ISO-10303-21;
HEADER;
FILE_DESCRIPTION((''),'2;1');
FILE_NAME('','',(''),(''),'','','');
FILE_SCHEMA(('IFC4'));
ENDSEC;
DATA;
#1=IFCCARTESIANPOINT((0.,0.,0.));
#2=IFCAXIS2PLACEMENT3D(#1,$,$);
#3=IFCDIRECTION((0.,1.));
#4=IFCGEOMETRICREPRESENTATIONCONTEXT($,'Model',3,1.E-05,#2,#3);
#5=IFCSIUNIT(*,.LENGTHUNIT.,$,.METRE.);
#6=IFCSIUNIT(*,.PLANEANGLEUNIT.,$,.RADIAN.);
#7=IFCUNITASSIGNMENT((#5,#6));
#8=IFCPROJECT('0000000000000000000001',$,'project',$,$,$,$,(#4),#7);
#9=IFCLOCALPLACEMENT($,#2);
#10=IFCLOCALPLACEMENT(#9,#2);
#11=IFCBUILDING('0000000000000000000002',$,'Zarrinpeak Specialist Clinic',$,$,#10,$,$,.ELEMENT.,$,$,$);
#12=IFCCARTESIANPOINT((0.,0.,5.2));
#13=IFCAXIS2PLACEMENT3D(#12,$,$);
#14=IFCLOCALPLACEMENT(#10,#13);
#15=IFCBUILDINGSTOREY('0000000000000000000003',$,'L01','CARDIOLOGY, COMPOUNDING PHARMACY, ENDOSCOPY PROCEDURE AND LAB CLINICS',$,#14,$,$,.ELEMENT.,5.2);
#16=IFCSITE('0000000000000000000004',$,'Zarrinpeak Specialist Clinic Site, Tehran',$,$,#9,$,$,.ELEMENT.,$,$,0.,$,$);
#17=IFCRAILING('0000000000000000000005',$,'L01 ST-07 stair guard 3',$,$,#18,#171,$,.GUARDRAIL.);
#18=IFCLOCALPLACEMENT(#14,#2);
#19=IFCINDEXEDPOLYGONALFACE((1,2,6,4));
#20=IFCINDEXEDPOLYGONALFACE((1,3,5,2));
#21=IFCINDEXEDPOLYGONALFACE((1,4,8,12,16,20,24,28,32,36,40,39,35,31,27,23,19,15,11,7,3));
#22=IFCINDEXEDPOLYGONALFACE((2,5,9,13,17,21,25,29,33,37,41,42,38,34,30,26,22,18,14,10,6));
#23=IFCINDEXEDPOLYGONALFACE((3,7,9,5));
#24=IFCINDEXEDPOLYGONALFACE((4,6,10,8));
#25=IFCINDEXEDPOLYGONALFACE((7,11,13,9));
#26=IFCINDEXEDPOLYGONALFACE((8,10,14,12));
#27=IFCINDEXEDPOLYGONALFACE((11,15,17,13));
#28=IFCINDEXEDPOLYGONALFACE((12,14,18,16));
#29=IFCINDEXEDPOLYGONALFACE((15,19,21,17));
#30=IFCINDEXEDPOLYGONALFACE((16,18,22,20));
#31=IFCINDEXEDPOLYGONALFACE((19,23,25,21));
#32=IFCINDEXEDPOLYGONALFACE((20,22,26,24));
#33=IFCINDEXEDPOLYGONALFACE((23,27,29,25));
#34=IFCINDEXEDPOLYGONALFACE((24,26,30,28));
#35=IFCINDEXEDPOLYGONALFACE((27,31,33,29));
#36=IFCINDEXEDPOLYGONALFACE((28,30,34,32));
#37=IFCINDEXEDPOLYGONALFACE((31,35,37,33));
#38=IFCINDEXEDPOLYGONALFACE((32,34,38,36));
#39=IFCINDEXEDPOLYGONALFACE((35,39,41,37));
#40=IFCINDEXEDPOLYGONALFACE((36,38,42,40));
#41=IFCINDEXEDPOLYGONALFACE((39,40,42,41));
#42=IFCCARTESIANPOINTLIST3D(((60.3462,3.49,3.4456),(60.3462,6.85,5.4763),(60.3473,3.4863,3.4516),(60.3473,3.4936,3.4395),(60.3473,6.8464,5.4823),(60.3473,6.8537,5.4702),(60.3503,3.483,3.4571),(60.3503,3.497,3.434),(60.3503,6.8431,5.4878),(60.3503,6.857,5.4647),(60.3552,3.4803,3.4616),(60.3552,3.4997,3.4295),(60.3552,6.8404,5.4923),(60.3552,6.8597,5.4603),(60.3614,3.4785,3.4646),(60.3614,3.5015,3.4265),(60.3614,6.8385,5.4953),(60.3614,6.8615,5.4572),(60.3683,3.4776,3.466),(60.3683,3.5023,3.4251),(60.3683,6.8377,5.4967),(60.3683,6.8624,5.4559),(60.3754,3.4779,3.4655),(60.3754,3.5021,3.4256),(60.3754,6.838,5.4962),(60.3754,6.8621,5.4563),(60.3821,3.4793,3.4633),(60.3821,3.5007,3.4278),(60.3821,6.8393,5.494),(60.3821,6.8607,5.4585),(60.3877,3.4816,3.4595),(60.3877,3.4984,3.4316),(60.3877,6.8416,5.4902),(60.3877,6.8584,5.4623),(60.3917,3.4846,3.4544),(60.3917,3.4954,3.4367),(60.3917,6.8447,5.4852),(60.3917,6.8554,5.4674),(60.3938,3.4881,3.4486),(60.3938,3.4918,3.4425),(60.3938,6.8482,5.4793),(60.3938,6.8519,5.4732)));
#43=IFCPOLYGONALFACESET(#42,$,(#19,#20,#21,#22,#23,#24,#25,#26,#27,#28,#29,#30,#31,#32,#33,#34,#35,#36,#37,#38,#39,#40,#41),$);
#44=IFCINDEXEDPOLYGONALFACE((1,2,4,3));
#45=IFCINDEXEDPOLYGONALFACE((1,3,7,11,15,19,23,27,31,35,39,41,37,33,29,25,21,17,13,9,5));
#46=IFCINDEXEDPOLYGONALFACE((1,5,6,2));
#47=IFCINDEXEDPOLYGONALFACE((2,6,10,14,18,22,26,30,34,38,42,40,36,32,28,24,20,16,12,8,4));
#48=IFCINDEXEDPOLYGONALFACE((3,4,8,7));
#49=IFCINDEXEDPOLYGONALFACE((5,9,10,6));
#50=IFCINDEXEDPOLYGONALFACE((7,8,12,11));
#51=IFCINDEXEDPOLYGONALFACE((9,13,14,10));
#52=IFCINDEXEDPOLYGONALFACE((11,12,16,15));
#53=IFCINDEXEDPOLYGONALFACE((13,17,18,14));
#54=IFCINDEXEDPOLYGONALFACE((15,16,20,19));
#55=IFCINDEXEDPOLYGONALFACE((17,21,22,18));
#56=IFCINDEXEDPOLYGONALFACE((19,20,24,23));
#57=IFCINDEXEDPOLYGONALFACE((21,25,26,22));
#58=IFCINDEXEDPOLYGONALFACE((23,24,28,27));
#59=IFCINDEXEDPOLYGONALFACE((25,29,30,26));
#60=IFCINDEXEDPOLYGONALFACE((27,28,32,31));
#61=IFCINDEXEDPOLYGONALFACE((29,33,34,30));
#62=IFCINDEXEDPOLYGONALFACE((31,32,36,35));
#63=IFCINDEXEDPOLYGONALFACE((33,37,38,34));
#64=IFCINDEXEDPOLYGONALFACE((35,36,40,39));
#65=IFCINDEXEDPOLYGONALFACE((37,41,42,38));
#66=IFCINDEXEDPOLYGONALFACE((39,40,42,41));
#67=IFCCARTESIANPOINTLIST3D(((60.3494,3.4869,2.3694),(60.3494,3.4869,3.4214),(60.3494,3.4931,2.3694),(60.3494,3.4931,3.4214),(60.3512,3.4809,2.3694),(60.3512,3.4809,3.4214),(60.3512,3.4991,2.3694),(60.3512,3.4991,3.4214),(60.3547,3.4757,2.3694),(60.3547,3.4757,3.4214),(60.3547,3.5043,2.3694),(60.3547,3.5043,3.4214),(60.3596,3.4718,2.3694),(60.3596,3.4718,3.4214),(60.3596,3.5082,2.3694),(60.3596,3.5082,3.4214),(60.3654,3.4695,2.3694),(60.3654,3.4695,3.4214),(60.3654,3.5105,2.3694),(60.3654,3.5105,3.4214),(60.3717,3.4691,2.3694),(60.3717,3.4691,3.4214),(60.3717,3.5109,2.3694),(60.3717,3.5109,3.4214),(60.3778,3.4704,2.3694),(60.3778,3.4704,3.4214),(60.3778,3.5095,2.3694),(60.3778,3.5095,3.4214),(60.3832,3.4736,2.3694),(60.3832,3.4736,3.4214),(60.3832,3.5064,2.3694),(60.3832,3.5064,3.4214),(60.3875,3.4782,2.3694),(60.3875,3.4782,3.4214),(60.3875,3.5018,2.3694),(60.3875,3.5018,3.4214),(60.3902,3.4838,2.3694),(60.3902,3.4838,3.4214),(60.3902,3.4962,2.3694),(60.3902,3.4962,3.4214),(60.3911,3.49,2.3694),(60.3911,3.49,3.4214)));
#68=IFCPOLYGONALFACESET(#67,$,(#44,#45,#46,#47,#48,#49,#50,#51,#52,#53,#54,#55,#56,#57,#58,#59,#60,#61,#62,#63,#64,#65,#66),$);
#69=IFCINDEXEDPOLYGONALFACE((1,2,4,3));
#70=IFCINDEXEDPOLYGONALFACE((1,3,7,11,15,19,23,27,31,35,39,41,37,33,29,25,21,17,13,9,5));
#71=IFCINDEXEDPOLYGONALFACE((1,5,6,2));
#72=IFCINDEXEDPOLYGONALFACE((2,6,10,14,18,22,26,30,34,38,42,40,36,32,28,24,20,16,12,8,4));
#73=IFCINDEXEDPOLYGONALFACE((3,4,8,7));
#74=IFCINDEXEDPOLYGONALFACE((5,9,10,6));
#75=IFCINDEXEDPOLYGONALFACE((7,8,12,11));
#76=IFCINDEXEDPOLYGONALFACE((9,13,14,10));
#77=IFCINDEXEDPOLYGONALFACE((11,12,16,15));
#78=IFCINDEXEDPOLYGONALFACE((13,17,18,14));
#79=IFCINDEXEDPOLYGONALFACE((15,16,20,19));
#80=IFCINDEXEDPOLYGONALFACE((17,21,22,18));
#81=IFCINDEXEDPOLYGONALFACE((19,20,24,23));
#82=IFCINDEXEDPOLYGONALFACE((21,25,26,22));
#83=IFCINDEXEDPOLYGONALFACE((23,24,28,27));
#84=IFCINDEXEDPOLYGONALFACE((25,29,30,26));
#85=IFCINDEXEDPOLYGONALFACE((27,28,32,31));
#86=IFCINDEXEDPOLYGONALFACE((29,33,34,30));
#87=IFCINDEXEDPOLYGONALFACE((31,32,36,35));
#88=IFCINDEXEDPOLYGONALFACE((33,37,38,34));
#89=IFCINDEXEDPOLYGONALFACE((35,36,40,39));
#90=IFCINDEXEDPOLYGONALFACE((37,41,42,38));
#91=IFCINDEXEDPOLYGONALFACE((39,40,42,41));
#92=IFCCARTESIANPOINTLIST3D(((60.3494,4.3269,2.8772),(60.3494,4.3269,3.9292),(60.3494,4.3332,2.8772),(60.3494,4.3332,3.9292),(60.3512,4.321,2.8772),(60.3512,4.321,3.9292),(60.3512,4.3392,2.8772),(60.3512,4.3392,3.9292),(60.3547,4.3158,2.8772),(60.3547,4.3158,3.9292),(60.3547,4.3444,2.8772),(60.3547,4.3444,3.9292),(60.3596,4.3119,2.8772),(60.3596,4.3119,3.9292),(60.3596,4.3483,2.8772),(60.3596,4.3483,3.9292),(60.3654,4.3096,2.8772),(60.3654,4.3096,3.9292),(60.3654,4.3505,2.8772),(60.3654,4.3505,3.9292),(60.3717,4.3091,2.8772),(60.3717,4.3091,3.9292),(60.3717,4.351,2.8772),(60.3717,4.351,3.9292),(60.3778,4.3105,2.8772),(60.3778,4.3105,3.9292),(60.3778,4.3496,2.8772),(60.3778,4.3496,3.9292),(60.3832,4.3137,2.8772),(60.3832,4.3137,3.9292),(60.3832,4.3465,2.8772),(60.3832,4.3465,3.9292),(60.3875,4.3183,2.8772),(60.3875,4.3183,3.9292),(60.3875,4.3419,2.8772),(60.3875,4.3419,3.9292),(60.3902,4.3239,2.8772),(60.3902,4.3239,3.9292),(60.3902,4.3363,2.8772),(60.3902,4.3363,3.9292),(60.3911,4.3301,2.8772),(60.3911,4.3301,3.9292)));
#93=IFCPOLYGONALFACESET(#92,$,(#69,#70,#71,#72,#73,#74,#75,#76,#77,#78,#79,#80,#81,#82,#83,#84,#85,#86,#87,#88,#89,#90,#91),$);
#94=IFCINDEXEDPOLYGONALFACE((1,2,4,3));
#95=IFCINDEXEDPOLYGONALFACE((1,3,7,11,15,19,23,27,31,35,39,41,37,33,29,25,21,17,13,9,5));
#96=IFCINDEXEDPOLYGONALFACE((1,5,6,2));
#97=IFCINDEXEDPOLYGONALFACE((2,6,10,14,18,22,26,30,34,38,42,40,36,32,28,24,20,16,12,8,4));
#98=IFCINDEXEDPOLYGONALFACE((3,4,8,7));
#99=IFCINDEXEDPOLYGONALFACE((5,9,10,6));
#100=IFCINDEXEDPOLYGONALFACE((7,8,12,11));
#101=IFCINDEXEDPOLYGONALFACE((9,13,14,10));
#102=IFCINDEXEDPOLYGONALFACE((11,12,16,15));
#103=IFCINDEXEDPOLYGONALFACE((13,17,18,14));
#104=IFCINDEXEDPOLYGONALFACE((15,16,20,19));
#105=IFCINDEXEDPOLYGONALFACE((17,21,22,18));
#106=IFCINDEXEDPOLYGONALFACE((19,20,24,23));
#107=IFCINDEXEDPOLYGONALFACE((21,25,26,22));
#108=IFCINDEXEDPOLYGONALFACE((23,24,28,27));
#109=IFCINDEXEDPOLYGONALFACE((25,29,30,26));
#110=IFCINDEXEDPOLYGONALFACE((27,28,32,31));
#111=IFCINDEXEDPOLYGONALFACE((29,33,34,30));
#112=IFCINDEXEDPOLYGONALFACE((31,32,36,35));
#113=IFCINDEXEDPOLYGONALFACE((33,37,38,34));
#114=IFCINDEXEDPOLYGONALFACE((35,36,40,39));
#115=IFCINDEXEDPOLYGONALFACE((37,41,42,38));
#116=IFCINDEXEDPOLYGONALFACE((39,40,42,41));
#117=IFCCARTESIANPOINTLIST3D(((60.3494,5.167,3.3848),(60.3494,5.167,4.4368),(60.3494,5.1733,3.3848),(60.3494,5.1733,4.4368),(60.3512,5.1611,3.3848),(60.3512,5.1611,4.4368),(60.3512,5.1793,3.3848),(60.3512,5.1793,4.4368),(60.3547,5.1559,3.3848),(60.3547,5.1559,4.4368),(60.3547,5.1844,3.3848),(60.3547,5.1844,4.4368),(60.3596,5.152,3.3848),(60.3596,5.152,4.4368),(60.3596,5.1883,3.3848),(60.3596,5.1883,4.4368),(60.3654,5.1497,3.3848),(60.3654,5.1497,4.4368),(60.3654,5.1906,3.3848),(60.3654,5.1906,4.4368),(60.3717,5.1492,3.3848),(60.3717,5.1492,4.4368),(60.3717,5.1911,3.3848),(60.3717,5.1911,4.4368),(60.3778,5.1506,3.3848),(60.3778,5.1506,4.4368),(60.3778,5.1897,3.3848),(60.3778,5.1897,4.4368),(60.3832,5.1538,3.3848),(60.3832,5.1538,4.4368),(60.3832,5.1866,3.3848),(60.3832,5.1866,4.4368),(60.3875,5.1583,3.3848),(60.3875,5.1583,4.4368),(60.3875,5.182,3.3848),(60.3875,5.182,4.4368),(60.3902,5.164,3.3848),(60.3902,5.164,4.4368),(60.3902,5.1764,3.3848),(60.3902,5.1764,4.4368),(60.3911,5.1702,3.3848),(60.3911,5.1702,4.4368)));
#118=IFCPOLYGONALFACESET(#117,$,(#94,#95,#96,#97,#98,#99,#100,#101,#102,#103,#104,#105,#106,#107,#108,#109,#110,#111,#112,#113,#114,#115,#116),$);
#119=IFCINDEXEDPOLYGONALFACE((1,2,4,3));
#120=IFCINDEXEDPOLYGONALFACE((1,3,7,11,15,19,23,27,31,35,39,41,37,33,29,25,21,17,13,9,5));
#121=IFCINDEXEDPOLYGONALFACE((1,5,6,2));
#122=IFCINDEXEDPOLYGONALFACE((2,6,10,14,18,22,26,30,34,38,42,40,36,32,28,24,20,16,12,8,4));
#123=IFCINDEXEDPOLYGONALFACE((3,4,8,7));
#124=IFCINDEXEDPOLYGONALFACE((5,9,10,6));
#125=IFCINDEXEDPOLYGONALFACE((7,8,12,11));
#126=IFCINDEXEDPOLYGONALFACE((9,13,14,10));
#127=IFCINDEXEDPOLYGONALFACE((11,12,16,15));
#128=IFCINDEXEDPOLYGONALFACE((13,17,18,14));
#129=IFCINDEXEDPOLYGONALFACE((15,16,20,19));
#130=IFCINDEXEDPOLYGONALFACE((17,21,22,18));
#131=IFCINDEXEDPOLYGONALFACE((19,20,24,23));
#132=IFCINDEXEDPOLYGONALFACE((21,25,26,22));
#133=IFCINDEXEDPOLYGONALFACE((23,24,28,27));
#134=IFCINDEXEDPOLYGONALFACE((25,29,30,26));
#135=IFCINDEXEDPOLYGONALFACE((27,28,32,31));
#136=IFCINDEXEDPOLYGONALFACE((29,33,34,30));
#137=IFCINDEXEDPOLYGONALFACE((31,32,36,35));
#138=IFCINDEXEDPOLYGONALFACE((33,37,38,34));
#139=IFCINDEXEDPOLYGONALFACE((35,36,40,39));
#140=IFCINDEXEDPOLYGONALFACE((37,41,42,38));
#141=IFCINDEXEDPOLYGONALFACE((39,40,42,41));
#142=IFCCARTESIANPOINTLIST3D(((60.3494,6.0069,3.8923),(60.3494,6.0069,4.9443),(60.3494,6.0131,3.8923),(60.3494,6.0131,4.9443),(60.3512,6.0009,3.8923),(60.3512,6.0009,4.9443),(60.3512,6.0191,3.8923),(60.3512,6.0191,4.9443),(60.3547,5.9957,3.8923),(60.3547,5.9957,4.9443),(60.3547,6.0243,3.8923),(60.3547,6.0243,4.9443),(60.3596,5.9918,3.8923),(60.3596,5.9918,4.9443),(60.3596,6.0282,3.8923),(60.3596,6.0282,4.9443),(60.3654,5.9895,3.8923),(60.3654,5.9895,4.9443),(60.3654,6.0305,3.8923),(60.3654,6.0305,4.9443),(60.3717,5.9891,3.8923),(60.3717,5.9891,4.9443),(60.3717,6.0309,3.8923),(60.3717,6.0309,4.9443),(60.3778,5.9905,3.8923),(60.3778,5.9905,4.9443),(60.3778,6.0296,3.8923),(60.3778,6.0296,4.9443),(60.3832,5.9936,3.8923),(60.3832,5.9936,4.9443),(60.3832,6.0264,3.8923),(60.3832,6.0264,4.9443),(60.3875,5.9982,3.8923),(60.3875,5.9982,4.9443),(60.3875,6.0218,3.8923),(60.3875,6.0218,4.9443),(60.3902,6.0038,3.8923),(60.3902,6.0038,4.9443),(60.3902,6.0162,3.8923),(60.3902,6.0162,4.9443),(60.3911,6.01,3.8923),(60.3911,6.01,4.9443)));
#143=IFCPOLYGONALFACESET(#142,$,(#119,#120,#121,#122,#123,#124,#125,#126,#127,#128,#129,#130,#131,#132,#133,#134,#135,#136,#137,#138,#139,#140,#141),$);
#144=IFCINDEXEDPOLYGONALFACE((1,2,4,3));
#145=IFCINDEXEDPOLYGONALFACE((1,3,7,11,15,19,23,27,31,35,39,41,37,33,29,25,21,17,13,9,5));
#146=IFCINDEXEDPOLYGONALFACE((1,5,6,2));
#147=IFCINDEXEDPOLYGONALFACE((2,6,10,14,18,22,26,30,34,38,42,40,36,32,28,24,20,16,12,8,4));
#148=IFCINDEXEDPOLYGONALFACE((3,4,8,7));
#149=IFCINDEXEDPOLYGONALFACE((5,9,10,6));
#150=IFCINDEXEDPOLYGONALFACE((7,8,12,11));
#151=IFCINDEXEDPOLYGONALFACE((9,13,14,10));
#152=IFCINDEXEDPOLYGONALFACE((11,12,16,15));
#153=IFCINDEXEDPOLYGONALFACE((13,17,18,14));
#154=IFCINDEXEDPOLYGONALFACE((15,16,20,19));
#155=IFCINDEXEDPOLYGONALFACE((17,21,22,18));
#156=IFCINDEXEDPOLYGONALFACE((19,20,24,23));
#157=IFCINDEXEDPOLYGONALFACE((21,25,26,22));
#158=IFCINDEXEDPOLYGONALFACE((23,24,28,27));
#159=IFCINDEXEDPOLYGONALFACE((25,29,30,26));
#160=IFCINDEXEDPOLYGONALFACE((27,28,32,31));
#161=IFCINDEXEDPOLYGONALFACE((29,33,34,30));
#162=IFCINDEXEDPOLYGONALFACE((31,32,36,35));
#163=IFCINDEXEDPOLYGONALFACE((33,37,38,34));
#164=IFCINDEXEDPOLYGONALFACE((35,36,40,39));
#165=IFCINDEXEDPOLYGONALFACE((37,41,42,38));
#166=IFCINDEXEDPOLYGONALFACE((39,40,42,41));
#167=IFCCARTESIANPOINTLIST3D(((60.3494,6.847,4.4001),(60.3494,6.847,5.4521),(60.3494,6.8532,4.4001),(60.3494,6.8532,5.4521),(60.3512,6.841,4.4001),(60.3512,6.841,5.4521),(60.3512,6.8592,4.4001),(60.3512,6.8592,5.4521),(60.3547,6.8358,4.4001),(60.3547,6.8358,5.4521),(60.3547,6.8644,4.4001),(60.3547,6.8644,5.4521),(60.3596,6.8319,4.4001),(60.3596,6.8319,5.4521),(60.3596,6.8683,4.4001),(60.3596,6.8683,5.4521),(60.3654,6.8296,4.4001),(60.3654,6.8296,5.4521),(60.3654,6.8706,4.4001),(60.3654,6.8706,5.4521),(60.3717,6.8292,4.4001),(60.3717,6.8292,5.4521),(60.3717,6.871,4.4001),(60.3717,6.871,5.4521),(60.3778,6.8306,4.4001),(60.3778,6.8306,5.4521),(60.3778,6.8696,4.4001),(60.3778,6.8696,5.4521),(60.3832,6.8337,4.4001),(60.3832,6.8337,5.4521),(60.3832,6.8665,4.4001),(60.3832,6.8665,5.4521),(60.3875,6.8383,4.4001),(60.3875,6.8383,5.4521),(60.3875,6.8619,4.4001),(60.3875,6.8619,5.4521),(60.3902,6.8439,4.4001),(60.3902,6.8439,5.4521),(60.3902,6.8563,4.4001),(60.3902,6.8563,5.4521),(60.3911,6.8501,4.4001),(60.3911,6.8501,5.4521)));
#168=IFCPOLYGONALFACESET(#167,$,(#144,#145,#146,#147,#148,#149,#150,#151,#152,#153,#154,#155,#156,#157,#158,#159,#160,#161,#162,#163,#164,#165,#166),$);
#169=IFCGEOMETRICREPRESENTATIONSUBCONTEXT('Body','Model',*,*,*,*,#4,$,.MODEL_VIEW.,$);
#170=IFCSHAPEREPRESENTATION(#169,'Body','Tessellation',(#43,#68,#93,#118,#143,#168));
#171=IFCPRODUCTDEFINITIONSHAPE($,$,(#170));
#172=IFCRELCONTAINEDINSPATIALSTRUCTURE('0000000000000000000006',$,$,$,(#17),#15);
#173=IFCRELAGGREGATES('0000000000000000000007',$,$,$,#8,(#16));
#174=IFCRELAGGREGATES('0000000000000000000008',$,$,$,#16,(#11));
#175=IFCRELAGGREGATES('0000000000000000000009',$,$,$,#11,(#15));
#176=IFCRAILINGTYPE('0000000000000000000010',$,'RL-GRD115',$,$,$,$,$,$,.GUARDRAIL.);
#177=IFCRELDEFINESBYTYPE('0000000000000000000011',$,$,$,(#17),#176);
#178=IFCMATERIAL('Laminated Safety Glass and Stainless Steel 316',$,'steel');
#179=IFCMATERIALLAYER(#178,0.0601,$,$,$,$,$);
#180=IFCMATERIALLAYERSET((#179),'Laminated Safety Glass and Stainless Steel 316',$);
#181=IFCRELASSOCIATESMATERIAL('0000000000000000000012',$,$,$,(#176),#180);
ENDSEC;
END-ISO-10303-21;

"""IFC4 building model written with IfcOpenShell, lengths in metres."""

from ifc_helpers import new_model, si_unit, direction, frame, origin, origin_2d, place, context, subcontext, project, spatial, circle, extrude, material, layer, layer_set, type_object, element, save


model = new_model("IFC4")

# Units and contexts
model_context = context("Model", 3, precision=1e-05, world=origin(), true_north=direction((0.0, 1.0)))
body_context = subcontext(model_context, "Body", "Model", "MODEL_VIEW")
ifc_project = project(units=[si_unit("LENGTHUNIT", "METRE"), si_unit("PLANEANGLEUNIT", "RADIAN")], contexts=[model_context])

# Site, building, storey
site_placement = place(None, origin())
site = spatial("IfcSite", under=ifc_project, at=site_placement, Name="Zarrinpeak Specialist Clinic Site, Tehran", CompositionType="ELEMENT", RefElevation=0.0)
building_placement = place(site_placement, origin())
building = spatial("IfcBuilding", under=site, at=building_placement, Name="Zarrinpeak Specialist Clinic", CompositionType="ELEMENT")
storey_placement = place(building_placement, frame((0.0, 0.0, 5.2)))
storey = spatial("IfcBuildingStorey", under=building, at=storey_placement, Name="L01", Description="CARDIOLOGY, COMPOUNDING PHARMACY, ENDOSCOPY PROCEDURE AND LAB CLINICS", CompositionType="ELEMENT", Elevation=5.2)

# Railing
ifc_material_1 = material(Name="Laminated Safety Glass and Stainless Steel 316", Category="steel")
ifc_layer_1 = layer(ifc_material_1, 0.0601)
ifc_layer_set_1 = layer_set([ifc_layer_1], Name="Laminated Safety Glass and Stainless Steel 316")
railing_type_1 = type_object("IfcRailingType", Name="RL-GRD115", PredefinedType="GUARDRAIL", material=ifc_layer_set_1)
railing_1_placement = place(storey_placement, frame((60.3701, 3.49, 2.3694)))
element("IfcRailing", 1, at=railing_1_placement, inside=storey, type_object=railing_type_1, Name="L01 ST-07 stair guard 3", PredefinedType="GUARDRAIL", context=body_context, shape_type="SweptSolid", body=[
    extrude(circle(Radius=0.0239, at=origin_2d()), frame((0.0, 0.0, 1.0762), z_axis=(0.0, 0.855837, 0.517246), x_axis=(-1.0, 0.0, 0.0)), (0.0, 0.0, 1.0), 3.926),
    extrude(circle(Radius=0.021, at=origin_2d()), origin(), (0.0, 0.0, 1.0), 1.052),
    extrude(circle(Radius=0.021, at=origin_2d()), frame((0.0, 0.8401, 0.5078)), (0.0, 0.0, 1.0), 1.052),
    extrude(circle(Radius=0.021, at=origin_2d()), frame((0.0, 1.6802, 1.0154)), (0.0, 0.0, 1.0), 1.052),
    extrude(circle(Radius=0.021, at=origin_2d()), frame((0.0, 2.52, 1.5229)), (0.0, 0.0, 1.0), 1.052),
    extrude(circle(Radius=0.021, at=origin_2d()), frame((0.0, 3.3601, 2.0308)), (0.0, 0.0, 1.0), 1.052),
])

save(model, "model.ifc")
